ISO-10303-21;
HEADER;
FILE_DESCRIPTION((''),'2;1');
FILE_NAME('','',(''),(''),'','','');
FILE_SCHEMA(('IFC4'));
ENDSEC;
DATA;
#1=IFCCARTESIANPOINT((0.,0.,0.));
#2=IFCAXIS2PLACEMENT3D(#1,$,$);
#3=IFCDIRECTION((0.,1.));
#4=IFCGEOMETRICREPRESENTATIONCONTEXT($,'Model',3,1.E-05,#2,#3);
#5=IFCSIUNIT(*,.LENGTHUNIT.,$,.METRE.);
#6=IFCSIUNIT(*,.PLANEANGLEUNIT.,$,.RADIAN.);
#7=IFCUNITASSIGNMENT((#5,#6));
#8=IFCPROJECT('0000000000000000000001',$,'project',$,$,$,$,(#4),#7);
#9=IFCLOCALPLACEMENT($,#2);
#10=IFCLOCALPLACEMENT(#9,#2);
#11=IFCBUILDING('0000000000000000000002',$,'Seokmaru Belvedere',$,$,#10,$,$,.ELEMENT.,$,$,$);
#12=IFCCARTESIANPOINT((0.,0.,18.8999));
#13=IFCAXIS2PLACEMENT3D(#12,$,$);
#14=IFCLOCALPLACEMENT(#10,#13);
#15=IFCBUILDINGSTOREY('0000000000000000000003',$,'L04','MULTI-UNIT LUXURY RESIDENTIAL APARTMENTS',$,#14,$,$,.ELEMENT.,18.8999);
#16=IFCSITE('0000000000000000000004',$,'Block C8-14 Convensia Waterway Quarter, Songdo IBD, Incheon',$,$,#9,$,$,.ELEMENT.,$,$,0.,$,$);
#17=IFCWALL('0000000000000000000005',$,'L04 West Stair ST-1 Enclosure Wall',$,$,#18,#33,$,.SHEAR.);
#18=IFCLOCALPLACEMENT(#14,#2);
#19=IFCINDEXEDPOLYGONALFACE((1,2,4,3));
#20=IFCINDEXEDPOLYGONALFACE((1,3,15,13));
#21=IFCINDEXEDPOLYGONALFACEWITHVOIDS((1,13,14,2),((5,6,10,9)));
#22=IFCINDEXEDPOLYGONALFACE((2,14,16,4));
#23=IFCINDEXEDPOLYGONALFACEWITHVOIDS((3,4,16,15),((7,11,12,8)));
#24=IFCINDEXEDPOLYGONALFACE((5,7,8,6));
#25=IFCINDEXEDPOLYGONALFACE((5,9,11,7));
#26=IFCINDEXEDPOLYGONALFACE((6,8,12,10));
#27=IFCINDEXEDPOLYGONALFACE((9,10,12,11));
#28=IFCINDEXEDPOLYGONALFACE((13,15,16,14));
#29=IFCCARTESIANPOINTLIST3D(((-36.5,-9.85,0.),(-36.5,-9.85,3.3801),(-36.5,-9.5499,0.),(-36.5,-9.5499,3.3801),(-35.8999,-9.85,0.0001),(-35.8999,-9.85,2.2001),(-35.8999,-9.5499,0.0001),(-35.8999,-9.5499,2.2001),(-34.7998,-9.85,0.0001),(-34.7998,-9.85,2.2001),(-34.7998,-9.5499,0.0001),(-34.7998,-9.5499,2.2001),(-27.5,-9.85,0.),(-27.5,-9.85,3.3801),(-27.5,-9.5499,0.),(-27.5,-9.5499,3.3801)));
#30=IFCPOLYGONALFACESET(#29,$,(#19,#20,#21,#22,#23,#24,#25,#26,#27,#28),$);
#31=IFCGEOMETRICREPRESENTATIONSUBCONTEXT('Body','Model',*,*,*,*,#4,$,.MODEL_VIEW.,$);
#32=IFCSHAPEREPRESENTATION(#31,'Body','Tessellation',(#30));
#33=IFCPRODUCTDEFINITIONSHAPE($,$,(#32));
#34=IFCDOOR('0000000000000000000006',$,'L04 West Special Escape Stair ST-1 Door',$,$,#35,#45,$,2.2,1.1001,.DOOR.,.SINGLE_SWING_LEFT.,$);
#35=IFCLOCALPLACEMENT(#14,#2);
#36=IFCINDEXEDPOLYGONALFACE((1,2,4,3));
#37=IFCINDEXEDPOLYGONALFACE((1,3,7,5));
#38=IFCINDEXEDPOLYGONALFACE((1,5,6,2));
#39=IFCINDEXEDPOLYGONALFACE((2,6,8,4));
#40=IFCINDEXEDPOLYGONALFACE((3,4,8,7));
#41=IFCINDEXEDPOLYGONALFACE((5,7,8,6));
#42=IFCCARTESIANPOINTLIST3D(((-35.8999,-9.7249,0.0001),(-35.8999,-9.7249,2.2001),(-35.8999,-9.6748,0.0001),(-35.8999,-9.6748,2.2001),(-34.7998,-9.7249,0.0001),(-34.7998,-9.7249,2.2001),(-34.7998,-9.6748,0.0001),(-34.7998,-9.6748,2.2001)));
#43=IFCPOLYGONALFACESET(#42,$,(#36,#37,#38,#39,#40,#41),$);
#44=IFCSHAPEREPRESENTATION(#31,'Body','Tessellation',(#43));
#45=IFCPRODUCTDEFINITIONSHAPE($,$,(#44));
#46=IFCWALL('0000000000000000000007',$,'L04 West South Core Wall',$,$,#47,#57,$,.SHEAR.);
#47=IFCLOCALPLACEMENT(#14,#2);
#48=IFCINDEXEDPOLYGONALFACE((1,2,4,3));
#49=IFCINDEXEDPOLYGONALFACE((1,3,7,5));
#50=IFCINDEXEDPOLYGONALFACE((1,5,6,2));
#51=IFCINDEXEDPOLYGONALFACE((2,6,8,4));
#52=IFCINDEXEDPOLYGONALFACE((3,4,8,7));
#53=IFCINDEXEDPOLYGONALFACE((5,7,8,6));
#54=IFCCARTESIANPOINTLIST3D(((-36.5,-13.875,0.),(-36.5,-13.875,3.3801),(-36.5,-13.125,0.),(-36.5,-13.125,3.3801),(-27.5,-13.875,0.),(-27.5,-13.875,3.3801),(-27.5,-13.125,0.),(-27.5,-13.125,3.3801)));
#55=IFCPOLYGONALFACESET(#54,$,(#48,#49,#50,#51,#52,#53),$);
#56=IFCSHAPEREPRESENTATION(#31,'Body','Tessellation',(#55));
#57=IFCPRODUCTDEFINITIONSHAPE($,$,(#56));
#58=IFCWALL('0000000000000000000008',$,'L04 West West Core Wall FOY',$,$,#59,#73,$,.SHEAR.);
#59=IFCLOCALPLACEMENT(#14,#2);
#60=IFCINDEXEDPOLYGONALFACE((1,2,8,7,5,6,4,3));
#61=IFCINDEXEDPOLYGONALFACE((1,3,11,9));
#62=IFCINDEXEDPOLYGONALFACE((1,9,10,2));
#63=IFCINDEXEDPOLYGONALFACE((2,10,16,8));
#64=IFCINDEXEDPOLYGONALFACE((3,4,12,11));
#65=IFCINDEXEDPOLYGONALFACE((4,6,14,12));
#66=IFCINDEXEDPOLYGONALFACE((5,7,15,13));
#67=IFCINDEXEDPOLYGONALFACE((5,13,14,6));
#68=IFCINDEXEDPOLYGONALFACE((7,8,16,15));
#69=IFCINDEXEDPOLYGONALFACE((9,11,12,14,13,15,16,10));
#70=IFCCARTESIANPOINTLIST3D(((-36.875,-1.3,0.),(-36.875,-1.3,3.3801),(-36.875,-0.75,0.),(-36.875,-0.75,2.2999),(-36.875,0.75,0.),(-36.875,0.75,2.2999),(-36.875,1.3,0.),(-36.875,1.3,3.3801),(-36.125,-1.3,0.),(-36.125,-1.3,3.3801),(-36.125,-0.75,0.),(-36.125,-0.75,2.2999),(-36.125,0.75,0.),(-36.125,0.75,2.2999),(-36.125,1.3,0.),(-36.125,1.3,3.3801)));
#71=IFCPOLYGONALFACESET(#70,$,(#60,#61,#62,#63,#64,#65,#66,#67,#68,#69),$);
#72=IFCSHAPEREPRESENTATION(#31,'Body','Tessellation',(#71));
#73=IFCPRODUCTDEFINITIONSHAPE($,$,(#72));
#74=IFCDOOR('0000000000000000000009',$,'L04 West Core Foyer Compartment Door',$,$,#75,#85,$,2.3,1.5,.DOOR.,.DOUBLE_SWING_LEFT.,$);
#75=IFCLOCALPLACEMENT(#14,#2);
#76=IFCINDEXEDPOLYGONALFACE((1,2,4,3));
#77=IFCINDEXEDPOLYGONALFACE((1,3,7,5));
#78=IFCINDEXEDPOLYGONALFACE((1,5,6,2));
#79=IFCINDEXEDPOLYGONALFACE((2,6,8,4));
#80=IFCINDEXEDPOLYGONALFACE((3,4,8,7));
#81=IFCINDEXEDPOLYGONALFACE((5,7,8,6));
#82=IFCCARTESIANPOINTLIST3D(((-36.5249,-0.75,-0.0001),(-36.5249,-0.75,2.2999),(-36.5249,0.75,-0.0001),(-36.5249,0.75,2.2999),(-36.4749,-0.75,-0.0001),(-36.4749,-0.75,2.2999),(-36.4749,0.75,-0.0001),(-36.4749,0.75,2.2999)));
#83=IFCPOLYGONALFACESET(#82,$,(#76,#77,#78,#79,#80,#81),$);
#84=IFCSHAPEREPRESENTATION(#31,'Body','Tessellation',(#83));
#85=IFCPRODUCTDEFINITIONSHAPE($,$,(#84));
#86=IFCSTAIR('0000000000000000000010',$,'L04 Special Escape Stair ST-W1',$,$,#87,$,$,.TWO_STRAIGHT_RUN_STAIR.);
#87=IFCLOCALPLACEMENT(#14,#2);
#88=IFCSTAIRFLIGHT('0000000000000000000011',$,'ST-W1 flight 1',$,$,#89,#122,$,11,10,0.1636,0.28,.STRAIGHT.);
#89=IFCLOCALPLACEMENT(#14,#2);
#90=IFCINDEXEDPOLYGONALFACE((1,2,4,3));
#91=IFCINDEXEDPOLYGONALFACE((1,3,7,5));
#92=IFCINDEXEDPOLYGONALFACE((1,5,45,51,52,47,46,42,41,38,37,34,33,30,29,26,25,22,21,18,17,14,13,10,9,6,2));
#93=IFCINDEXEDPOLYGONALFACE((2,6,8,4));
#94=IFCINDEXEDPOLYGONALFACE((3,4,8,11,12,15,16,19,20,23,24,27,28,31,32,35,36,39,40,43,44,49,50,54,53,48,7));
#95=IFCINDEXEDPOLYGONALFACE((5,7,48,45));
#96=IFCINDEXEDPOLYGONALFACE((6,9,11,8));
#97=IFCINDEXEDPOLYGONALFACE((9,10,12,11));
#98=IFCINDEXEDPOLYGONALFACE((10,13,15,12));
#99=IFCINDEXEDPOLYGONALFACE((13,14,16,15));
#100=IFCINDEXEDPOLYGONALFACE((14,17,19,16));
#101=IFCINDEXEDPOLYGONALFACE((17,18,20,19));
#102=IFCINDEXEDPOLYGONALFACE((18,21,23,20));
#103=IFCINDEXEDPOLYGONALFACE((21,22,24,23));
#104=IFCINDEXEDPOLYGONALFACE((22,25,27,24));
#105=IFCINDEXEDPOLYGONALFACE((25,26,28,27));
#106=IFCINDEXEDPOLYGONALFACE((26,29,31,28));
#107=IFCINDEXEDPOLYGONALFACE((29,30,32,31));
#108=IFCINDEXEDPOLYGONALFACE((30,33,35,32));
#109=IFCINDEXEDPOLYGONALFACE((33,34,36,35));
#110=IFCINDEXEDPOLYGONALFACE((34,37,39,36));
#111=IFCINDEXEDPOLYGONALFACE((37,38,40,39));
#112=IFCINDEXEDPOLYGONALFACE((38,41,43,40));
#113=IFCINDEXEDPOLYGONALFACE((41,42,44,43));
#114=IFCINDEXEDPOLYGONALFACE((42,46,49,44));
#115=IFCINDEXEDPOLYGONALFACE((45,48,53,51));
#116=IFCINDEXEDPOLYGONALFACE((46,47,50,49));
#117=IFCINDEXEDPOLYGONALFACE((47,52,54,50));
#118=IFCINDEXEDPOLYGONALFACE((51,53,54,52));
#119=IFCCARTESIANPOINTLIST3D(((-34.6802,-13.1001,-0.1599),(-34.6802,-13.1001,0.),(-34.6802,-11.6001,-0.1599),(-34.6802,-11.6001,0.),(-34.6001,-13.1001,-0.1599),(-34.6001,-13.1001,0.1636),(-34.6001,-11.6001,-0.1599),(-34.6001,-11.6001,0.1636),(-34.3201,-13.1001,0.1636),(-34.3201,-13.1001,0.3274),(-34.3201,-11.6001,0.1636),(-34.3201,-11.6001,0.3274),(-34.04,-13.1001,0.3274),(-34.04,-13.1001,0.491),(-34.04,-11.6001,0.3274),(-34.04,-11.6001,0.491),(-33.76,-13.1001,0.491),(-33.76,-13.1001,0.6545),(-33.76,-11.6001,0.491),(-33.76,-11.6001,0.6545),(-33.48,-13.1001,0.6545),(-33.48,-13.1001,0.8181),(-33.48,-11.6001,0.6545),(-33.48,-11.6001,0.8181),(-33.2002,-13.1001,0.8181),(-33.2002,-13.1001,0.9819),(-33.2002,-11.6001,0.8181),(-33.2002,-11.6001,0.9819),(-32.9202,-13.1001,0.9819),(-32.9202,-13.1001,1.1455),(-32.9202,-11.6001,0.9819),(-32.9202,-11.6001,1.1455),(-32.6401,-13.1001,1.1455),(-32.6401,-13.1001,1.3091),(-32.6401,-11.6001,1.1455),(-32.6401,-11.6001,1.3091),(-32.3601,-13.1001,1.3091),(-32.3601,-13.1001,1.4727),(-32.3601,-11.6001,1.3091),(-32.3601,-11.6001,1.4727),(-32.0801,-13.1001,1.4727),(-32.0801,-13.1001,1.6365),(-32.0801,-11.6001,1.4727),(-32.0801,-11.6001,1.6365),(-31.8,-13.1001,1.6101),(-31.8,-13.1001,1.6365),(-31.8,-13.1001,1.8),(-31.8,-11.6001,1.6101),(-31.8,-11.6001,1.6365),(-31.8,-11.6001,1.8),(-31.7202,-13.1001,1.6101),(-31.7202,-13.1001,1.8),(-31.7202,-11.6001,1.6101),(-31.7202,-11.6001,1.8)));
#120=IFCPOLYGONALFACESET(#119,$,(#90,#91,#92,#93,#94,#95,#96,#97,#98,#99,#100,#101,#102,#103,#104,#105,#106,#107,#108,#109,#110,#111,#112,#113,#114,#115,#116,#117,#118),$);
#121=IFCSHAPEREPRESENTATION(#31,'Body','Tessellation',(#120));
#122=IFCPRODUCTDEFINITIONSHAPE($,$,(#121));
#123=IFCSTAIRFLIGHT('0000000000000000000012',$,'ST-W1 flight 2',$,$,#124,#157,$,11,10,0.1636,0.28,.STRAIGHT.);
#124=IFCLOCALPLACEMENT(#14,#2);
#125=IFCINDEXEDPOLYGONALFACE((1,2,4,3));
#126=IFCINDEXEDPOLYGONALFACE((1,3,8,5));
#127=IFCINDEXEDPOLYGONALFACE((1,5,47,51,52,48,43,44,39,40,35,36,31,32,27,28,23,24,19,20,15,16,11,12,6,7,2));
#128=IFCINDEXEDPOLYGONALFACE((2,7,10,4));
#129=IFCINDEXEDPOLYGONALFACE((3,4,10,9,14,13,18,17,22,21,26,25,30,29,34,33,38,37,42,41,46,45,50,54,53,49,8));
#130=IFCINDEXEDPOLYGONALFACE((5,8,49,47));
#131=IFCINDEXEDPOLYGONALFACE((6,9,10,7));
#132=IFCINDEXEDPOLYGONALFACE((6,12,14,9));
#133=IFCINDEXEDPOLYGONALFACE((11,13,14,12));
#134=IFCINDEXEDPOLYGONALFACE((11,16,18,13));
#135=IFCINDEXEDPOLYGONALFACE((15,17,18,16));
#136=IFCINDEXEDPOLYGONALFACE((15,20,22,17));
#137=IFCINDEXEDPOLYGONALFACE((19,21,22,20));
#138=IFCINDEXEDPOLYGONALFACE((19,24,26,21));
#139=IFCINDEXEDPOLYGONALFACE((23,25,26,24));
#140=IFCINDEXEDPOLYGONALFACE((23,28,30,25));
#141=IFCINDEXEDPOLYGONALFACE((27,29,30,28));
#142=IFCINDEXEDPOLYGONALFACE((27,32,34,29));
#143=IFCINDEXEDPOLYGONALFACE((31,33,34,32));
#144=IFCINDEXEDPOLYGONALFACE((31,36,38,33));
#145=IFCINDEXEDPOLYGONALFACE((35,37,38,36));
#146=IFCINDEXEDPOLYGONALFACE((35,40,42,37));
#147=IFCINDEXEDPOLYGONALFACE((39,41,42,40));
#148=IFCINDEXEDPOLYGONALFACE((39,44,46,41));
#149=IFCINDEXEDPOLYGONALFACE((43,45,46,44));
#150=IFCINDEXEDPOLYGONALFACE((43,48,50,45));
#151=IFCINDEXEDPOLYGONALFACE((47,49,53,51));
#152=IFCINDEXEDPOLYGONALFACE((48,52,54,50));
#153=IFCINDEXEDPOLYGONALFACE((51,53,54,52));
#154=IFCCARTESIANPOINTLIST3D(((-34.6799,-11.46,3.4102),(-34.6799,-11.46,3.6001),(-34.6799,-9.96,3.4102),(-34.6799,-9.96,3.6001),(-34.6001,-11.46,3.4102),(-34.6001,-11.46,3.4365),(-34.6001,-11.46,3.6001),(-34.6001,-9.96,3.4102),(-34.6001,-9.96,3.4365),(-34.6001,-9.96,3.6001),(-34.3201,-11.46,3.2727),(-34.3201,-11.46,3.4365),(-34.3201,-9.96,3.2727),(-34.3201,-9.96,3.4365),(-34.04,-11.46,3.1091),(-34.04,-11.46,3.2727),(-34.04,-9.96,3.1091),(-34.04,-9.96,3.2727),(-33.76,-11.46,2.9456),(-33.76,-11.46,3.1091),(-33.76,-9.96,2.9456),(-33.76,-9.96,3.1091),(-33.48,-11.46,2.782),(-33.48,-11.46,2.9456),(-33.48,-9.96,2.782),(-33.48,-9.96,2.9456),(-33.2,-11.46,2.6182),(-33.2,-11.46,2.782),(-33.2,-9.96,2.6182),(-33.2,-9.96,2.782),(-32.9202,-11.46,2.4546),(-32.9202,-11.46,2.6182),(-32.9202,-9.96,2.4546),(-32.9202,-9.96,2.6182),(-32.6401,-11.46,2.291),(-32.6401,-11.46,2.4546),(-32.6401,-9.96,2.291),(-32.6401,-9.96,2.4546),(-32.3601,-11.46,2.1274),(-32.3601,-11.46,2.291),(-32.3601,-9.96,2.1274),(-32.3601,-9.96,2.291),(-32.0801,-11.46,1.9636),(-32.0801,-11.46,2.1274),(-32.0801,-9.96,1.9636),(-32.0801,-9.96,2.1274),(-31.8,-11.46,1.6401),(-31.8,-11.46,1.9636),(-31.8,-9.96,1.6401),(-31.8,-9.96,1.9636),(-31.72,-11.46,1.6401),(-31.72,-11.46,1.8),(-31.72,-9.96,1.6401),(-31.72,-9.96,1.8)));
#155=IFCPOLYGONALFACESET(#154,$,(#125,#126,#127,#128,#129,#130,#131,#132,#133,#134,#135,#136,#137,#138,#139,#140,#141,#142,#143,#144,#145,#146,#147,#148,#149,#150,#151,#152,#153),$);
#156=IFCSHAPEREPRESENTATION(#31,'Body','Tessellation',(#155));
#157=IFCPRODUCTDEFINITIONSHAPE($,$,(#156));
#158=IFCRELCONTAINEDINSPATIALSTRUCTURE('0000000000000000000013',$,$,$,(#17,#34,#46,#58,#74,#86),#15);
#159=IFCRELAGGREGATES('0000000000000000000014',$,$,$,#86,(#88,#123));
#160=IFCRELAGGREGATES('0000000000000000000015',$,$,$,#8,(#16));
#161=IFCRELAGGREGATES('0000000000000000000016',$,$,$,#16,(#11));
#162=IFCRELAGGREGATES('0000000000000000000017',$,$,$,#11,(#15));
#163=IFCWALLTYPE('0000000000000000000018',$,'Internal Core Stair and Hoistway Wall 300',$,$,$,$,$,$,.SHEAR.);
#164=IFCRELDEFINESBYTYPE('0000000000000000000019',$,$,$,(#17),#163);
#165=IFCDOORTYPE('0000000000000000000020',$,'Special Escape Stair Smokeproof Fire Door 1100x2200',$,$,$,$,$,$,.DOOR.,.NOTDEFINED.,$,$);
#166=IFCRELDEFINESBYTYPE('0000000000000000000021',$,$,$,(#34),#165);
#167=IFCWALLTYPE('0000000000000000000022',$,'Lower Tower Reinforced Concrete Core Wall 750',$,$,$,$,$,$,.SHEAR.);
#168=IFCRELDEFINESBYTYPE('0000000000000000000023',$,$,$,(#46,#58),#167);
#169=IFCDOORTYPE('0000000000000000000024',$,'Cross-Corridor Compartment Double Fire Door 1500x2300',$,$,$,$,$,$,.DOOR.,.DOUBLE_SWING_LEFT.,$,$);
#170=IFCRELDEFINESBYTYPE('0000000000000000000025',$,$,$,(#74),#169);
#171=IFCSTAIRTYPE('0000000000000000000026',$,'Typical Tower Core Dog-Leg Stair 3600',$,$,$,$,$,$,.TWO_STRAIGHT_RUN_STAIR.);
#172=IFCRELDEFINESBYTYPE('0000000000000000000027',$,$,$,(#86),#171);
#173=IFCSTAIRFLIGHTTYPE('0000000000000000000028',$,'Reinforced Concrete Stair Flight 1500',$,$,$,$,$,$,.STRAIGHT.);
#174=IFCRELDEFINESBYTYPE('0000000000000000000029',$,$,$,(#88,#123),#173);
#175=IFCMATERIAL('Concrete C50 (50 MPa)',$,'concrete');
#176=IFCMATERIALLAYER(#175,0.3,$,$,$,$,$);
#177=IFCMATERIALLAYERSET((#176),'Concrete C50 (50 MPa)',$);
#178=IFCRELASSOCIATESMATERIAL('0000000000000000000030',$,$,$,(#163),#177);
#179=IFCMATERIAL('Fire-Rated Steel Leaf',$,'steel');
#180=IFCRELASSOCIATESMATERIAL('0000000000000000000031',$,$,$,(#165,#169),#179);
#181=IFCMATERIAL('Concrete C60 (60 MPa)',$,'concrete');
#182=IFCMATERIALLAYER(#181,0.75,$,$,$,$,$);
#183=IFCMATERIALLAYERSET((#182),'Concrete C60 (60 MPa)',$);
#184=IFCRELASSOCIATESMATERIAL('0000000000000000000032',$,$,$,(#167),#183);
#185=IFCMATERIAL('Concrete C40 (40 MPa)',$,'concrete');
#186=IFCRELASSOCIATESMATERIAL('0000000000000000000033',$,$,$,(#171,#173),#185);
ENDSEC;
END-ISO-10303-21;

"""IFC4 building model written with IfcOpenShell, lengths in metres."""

from ifc_helpers import new_model, si_unit, direction, frame, frame_2d, origin, place, context, subcontext, project, spatial, polyline, rectangle, outline, extrude, source, transform, mapped, material, layer, layer_set, type_object, type_shapes, element, fill, aggregate, save


model = new_model("IFC4")

# Units and contexts
model_context = context("Model", 3, precision=1e-05, world=origin(), true_north=direction((0.0, 1.0)))
body_context = subcontext(model_context, "Body", "Model", "MODEL_VIEW")
ifc_project = project(units=[si_unit("LENGTHUNIT", "METRE"), si_unit("PLANEANGLEUNIT", "RADIAN")], contexts=[model_context])

# Site, building, storey
site_placement = place(None, origin())
site = spatial("IfcSite", under=ifc_project, at=site_placement, Name="Block C8-14 Convensia Waterway Quarter, Songdo IBD, Incheon", CompositionType="ELEMENT", RefElevation=0.0)
building_placement = place(site_placement, origin())
building = spatial("IfcBuilding", under=site, at=building_placement, Name="Seokmaru Belvedere", CompositionType="ELEMENT")
storey_placement = place(building_placement, frame((0.0, 0.0, 18.8999)))
storey = spatial("IfcBuildingStorey", under=building, at=storey_placement, Name="L04", Description="MULTI-UNIT LUXURY RESIDENTIAL APARTMENTS", CompositionType="ELEMENT", Elevation=18.8999)

# Shared definitions
ifc_material_1 = material(Name="Fire-Rated Steel Leaf", Category="steel")

# Wall, opening, door
ifc_material_2 = material(Name="Concrete C50 (50 MPa)", Category="concrete")
ifc_layer_1 = layer(ifc_material_2, 0.3)
ifc_layer_set_1 = layer_set([ifc_layer_1], Name="Concrete C50 (50 MPa)")
wall_type_1 = type_object("IfcWallType", Name="Internal Core Stair and Hoistway Wall 300", PredefinedType="SHEAR", material=ifc_layer_set_1)
wall_1_placement = place(storey_placement, frame((-36.5, -9.7, 0.0), z_axis=(0.0, 0.0, 1.0), x_axis=(1.0, 0.0, 0.0)))
wall_1 = element("IfcWall", 1, at=wall_1_placement, inside=storey, type_object=wall_type_1, Name="L04 West Stair ST-1 Enclosure Wall", PredefinedType="SHEAR", context=body_context, shape_type="SweptSolid", body=[
    extrude(rectangle(XDim=9.0, YDim=0.3, at=frame_2d((4.5, 0.0))), origin(), (0.0, 0.0, 1.0), 3.3801),
])
opening_1_placement = place(wall_1_placement, frame((0.6001, 0.0, 0.0)))
opening_1 = element("IfcOpeningElement", 2, at=opening_1_placement, cuts=wall_1, PredefinedType="OPENING", context=body_context, shape_type="SweptSolid", body=[
    extrude(rectangle(XDim=1.1001, YDim=2.2, at=frame_2d((0.55, 1.1001))), frame((0.0, 0.1602, 0.0), z_axis=(0.0, -1.0, 0.0), x_axis=(1.0, 0.0, 0.0)), (0.0, 0.0, 1.0), 0.3201),
])
door_type_1 = type_object("IfcDoorType", Name="Special Escape Stair Smokeproof Fire Door 1100x2200", OperationType="NOTDEFINED", PredefinedType="DOOR", material=ifc_material_1)
shared_shape_1 = source(origin(), body_context, "Body", "SweptSolid", [
    extrude(rectangle(XDim=1.1001, YDim=2.2, at=frame_2d((0.55, 1.1001))), frame((0.0, 0.0249, 0.0), z_axis=(0.0, -1.0, 0.0), x_axis=(1.0, 0.0, 0.0)), (0.0, 0.0, 1.0), 0.05),
])
type_shapes(door_type_1, [shared_shape_1])
door_1_placement = place(opening_1_placement, frame((1.1001, 0.0, 0.0), z_axis=(0.0, 0.0, 1.0), x_axis=(-1.0, 0.0, 0.0)))
door_1 = element("IfcDoor", 3, at=door_1_placement, inside=storey, type_object=door_type_1, Name="L04 West Special Escape Stair ST-1 Door", OperationType="SINGLE_SWING_LEFT", OverallHeight=2.2, OverallWidth=1.1001, PredefinedType="DOOR", context=body_context, shape_type="MappedRepresentation", body=[
    mapped(shared_shape_1, transform((0.0, 0.0, 0.0), scale=1.0)),
])
fill(opening_1, door_1)

# Wall
ifc_material_3 = material(Name="Concrete C60 (60 MPa)", Category="concrete")
ifc_layer_2 = layer(ifc_material_3, 0.75)
ifc_layer_set_2 = layer_set([ifc_layer_2], Name="Concrete C60 (60 MPa)")
wall_type_2 = type_object("IfcWallType", Name="Lower Tower Reinforced Concrete Core Wall 750", PredefinedType="SHEAR", material=ifc_layer_set_2)
wall_2_placement = place(storey_placement, frame((-36.5, -13.5, 0.0), z_axis=(0.0, 0.0, 1.0), x_axis=(1.0, 0.0, 0.0)))
element("IfcWall", 4, at=wall_2_placement, inside=storey, type_object=wall_type_2, Name="L04 West South Core Wall", PredefinedType="SHEAR", context=body_context, shape_type="SweptSolid", body=[
    extrude(rectangle(XDim=9.0, YDim=0.75, at=frame_2d((4.5, 0.0))), origin(), (0.0, 0.0, 1.0), 3.3801),
])

# Wall, opening, door
wall_3_placement = place(storey_placement, frame((-36.5, -1.3, 0.0), z_axis=(0.0, 0.0, 1.0), x_axis=(0.0, 1.0, 0.0)))
wall_3 = element("IfcWall", 5, at=wall_3_placement, inside=storey, type_object=wall_type_2, Name="L04 West West Core Wall FOY", PredefinedType="SHEAR", context=body_context, shape_type="SweptSolid", body=[
    extrude(rectangle(XDim=2.6001, YDim=0.75, at=frame_2d((1.3, 0.0))), origin(), (0.0, 0.0, 1.0), 3.3801),
])
opening_2_placement = place(wall_3_placement, frame((0.55, 0.0, 0.0)))
opening_2 = element("IfcOpeningElement", 6, at=opening_2_placement, cuts=wall_3, PredefinedType="OPENING", context=body_context, shape_type="SweptSolid", body=[
    extrude(rectangle(XDim=1.5, YDim=2.3, at=frame_2d((0.75, 1.1499))), frame((0.0, 0.385, 0.0), z_axis=(0.0, -1.0, 0.0), x_axis=(1.0, 0.0, 0.0)), (0.0, 0.0, 1.0), 0.77),
])
door_type_2 = type_object("IfcDoorType", Name="Cross-Corridor Compartment Double Fire Door 1500x2300", OperationType="DOUBLE_SWING_LEFT", PredefinedType="DOOR", material=ifc_material_1)
shared_shape_2 = source(origin(), body_context, "Body", "SweptSolid", [
    extrude(rectangle(XDim=1.5, YDim=2.3, at=frame_2d((0.75, 1.1499))), frame((0.0, 0.0249, 0.0), z_axis=(0.0, -1.0, 0.0), x_axis=(1.0, 0.0, 0.0)), (0.0, 0.0, 1.0), 0.05),
])
type_shapes(door_type_2, [shared_shape_2])
door_2_placement = place(opening_2_placement, origin())
door_2 = element("IfcDoor", 7, at=door_2_placement, inside=storey, type_object=door_type_2, Name="L04 West Core Foyer Compartment Door", OperationType="DOUBLE_SWING_LEFT", OverallHeight=2.3, OverallWidth=1.5, PredefinedType="DOOR", context=body_context, shape_type="MappedRepresentation", body=[
    mapped(shared_shape_2, transform((0.0, 0.0, 0.0), scale=1.0)),
])
fill(opening_2, door_2)

# Stair, stair flights
ifc_material_4 = material(Name="Concrete C40 (40 MPa)", Category="concrete")
stair_type = type_object("IfcStairType", Name="Typical Tower Core Dog-Leg Stair 3600", PredefinedType="TWO_STRAIGHT_RUN_STAIR", material=ifc_material_4)
stair_placement = place(storey_placement, origin())
stair = element("IfcStair", 8, at=stair_placement, inside=storey, type_object=stair_type, Name="L04 Special Escape Stair ST-W1", PredefinedType="TWO_STRAIGHT_RUN_STAIR")
stair_flight_type = type_object("IfcStairFlightType", Name="Reinforced Concrete Stair Flight 1500", PredefinedType="STRAIGHT", material=ifc_material_4)
stair_flight_1_placement = place(storey_placement, frame((-34.6001, -12.3501, 0.0), z_axis=(0.0, 0.0, 1.0), x_axis=(1.0, 0.0, 0.0)))
stair_flight_1 = element("IfcStairFlight", 9, at=stair_flight_1_placement, type_object=stair_flight_type, Name="ST-W1 flight 1", NumberOfRisers=11, NumberOfTreads=10, PredefinedType="STRAIGHT", RiserHeight=0.1636, TreadLength=0.28, context=body_context, shape_type="SweptSolid", body=[
    extrude(outline(polyline([(-0.0801, 0.0), (0.0, 0.1636), (0.28, 0.1636), (0.28, 0.3274), (0.5601, 0.3274), (0.5601, 0.491), (0.8401, 0.491), (0.8401, 0.6545), (1.1201, 0.6545), (1.1201, 0.8181), (1.3999, 0.8181), (1.3999, 0.9819), (1.6799, 0.9819), (1.6799, 1.1455), (1.96, 1.1455), (1.96, 1.3091), (2.24, 1.3091), (2.24, 1.4727), (2.52, 1.4727), (2.52, 1.6365), (2.8, 1.6365), (2.8, 1.8), (2.8799, 1.8), (2.8799, 1.6101), (2.8, 1.6101), (0.0, -0.1599), (-0.0801, -0.1599), (-0.0801, 0.0)])), frame((0.0, 0.75, 0.0), z_axis=(0.0, -1.0, 0.0), x_axis=(1.0, 0.0, 0.0)), (0.0, 0.0, 1.0), 1.5),
])
stair_flight_2_placement = place(storey_placement, frame((-31.8, -10.71, 1.8), z_axis=(0.0, 0.0, 1.0), x_axis=(-1.0, 0.0, 0.0)))
stair_flight_2 = element("IfcStairFlight", 10, at=stair_flight_2_placement, type_object=stair_flight_type, Name="ST-W1 flight 2", NumberOfRisers=11, NumberOfTreads=10, PredefinedType="STRAIGHT", RiserHeight=0.1636, TreadLength=0.28, context=body_context, shape_type="SweptSolid", body=[
    extrude(outline(polyline([(-0.0801, 0.0), (0.0, 0.1636), (0.28, 0.1636), (0.28, 0.3274), (0.5601, 0.3274), (0.5601, 0.491), (0.8401, 0.491), (0.8401, 0.6545), (1.1201, 0.6545), (1.1201, 0.8181), (1.3999, 0.8181), (1.3999, 0.9819), (1.6799, 0.9819), (1.6799, 1.1455), (1.96, 1.1455), (1.96, 1.3091), (2.24, 1.3091), (2.24, 1.4727), (2.52, 1.4727), (2.52, 1.6365), (2.8, 1.6365), (2.8, 1.8), (2.8799, 1.8), (2.8799, 1.6101), (2.8, 1.6101), (0.0, -0.1599), (-0.0801, -0.1599), (-0.0801, 0.0)])), frame((0.0, 0.75, 0.0), z_axis=(0.0, -1.0, 0.0), x_axis=(1.0, 0.0, 0.0)), (0.0, 0.0, 1.0), 1.5),
])
aggregate(stair, [stair_flight_1, stair_flight_2])

save(model, "model.ifc")
